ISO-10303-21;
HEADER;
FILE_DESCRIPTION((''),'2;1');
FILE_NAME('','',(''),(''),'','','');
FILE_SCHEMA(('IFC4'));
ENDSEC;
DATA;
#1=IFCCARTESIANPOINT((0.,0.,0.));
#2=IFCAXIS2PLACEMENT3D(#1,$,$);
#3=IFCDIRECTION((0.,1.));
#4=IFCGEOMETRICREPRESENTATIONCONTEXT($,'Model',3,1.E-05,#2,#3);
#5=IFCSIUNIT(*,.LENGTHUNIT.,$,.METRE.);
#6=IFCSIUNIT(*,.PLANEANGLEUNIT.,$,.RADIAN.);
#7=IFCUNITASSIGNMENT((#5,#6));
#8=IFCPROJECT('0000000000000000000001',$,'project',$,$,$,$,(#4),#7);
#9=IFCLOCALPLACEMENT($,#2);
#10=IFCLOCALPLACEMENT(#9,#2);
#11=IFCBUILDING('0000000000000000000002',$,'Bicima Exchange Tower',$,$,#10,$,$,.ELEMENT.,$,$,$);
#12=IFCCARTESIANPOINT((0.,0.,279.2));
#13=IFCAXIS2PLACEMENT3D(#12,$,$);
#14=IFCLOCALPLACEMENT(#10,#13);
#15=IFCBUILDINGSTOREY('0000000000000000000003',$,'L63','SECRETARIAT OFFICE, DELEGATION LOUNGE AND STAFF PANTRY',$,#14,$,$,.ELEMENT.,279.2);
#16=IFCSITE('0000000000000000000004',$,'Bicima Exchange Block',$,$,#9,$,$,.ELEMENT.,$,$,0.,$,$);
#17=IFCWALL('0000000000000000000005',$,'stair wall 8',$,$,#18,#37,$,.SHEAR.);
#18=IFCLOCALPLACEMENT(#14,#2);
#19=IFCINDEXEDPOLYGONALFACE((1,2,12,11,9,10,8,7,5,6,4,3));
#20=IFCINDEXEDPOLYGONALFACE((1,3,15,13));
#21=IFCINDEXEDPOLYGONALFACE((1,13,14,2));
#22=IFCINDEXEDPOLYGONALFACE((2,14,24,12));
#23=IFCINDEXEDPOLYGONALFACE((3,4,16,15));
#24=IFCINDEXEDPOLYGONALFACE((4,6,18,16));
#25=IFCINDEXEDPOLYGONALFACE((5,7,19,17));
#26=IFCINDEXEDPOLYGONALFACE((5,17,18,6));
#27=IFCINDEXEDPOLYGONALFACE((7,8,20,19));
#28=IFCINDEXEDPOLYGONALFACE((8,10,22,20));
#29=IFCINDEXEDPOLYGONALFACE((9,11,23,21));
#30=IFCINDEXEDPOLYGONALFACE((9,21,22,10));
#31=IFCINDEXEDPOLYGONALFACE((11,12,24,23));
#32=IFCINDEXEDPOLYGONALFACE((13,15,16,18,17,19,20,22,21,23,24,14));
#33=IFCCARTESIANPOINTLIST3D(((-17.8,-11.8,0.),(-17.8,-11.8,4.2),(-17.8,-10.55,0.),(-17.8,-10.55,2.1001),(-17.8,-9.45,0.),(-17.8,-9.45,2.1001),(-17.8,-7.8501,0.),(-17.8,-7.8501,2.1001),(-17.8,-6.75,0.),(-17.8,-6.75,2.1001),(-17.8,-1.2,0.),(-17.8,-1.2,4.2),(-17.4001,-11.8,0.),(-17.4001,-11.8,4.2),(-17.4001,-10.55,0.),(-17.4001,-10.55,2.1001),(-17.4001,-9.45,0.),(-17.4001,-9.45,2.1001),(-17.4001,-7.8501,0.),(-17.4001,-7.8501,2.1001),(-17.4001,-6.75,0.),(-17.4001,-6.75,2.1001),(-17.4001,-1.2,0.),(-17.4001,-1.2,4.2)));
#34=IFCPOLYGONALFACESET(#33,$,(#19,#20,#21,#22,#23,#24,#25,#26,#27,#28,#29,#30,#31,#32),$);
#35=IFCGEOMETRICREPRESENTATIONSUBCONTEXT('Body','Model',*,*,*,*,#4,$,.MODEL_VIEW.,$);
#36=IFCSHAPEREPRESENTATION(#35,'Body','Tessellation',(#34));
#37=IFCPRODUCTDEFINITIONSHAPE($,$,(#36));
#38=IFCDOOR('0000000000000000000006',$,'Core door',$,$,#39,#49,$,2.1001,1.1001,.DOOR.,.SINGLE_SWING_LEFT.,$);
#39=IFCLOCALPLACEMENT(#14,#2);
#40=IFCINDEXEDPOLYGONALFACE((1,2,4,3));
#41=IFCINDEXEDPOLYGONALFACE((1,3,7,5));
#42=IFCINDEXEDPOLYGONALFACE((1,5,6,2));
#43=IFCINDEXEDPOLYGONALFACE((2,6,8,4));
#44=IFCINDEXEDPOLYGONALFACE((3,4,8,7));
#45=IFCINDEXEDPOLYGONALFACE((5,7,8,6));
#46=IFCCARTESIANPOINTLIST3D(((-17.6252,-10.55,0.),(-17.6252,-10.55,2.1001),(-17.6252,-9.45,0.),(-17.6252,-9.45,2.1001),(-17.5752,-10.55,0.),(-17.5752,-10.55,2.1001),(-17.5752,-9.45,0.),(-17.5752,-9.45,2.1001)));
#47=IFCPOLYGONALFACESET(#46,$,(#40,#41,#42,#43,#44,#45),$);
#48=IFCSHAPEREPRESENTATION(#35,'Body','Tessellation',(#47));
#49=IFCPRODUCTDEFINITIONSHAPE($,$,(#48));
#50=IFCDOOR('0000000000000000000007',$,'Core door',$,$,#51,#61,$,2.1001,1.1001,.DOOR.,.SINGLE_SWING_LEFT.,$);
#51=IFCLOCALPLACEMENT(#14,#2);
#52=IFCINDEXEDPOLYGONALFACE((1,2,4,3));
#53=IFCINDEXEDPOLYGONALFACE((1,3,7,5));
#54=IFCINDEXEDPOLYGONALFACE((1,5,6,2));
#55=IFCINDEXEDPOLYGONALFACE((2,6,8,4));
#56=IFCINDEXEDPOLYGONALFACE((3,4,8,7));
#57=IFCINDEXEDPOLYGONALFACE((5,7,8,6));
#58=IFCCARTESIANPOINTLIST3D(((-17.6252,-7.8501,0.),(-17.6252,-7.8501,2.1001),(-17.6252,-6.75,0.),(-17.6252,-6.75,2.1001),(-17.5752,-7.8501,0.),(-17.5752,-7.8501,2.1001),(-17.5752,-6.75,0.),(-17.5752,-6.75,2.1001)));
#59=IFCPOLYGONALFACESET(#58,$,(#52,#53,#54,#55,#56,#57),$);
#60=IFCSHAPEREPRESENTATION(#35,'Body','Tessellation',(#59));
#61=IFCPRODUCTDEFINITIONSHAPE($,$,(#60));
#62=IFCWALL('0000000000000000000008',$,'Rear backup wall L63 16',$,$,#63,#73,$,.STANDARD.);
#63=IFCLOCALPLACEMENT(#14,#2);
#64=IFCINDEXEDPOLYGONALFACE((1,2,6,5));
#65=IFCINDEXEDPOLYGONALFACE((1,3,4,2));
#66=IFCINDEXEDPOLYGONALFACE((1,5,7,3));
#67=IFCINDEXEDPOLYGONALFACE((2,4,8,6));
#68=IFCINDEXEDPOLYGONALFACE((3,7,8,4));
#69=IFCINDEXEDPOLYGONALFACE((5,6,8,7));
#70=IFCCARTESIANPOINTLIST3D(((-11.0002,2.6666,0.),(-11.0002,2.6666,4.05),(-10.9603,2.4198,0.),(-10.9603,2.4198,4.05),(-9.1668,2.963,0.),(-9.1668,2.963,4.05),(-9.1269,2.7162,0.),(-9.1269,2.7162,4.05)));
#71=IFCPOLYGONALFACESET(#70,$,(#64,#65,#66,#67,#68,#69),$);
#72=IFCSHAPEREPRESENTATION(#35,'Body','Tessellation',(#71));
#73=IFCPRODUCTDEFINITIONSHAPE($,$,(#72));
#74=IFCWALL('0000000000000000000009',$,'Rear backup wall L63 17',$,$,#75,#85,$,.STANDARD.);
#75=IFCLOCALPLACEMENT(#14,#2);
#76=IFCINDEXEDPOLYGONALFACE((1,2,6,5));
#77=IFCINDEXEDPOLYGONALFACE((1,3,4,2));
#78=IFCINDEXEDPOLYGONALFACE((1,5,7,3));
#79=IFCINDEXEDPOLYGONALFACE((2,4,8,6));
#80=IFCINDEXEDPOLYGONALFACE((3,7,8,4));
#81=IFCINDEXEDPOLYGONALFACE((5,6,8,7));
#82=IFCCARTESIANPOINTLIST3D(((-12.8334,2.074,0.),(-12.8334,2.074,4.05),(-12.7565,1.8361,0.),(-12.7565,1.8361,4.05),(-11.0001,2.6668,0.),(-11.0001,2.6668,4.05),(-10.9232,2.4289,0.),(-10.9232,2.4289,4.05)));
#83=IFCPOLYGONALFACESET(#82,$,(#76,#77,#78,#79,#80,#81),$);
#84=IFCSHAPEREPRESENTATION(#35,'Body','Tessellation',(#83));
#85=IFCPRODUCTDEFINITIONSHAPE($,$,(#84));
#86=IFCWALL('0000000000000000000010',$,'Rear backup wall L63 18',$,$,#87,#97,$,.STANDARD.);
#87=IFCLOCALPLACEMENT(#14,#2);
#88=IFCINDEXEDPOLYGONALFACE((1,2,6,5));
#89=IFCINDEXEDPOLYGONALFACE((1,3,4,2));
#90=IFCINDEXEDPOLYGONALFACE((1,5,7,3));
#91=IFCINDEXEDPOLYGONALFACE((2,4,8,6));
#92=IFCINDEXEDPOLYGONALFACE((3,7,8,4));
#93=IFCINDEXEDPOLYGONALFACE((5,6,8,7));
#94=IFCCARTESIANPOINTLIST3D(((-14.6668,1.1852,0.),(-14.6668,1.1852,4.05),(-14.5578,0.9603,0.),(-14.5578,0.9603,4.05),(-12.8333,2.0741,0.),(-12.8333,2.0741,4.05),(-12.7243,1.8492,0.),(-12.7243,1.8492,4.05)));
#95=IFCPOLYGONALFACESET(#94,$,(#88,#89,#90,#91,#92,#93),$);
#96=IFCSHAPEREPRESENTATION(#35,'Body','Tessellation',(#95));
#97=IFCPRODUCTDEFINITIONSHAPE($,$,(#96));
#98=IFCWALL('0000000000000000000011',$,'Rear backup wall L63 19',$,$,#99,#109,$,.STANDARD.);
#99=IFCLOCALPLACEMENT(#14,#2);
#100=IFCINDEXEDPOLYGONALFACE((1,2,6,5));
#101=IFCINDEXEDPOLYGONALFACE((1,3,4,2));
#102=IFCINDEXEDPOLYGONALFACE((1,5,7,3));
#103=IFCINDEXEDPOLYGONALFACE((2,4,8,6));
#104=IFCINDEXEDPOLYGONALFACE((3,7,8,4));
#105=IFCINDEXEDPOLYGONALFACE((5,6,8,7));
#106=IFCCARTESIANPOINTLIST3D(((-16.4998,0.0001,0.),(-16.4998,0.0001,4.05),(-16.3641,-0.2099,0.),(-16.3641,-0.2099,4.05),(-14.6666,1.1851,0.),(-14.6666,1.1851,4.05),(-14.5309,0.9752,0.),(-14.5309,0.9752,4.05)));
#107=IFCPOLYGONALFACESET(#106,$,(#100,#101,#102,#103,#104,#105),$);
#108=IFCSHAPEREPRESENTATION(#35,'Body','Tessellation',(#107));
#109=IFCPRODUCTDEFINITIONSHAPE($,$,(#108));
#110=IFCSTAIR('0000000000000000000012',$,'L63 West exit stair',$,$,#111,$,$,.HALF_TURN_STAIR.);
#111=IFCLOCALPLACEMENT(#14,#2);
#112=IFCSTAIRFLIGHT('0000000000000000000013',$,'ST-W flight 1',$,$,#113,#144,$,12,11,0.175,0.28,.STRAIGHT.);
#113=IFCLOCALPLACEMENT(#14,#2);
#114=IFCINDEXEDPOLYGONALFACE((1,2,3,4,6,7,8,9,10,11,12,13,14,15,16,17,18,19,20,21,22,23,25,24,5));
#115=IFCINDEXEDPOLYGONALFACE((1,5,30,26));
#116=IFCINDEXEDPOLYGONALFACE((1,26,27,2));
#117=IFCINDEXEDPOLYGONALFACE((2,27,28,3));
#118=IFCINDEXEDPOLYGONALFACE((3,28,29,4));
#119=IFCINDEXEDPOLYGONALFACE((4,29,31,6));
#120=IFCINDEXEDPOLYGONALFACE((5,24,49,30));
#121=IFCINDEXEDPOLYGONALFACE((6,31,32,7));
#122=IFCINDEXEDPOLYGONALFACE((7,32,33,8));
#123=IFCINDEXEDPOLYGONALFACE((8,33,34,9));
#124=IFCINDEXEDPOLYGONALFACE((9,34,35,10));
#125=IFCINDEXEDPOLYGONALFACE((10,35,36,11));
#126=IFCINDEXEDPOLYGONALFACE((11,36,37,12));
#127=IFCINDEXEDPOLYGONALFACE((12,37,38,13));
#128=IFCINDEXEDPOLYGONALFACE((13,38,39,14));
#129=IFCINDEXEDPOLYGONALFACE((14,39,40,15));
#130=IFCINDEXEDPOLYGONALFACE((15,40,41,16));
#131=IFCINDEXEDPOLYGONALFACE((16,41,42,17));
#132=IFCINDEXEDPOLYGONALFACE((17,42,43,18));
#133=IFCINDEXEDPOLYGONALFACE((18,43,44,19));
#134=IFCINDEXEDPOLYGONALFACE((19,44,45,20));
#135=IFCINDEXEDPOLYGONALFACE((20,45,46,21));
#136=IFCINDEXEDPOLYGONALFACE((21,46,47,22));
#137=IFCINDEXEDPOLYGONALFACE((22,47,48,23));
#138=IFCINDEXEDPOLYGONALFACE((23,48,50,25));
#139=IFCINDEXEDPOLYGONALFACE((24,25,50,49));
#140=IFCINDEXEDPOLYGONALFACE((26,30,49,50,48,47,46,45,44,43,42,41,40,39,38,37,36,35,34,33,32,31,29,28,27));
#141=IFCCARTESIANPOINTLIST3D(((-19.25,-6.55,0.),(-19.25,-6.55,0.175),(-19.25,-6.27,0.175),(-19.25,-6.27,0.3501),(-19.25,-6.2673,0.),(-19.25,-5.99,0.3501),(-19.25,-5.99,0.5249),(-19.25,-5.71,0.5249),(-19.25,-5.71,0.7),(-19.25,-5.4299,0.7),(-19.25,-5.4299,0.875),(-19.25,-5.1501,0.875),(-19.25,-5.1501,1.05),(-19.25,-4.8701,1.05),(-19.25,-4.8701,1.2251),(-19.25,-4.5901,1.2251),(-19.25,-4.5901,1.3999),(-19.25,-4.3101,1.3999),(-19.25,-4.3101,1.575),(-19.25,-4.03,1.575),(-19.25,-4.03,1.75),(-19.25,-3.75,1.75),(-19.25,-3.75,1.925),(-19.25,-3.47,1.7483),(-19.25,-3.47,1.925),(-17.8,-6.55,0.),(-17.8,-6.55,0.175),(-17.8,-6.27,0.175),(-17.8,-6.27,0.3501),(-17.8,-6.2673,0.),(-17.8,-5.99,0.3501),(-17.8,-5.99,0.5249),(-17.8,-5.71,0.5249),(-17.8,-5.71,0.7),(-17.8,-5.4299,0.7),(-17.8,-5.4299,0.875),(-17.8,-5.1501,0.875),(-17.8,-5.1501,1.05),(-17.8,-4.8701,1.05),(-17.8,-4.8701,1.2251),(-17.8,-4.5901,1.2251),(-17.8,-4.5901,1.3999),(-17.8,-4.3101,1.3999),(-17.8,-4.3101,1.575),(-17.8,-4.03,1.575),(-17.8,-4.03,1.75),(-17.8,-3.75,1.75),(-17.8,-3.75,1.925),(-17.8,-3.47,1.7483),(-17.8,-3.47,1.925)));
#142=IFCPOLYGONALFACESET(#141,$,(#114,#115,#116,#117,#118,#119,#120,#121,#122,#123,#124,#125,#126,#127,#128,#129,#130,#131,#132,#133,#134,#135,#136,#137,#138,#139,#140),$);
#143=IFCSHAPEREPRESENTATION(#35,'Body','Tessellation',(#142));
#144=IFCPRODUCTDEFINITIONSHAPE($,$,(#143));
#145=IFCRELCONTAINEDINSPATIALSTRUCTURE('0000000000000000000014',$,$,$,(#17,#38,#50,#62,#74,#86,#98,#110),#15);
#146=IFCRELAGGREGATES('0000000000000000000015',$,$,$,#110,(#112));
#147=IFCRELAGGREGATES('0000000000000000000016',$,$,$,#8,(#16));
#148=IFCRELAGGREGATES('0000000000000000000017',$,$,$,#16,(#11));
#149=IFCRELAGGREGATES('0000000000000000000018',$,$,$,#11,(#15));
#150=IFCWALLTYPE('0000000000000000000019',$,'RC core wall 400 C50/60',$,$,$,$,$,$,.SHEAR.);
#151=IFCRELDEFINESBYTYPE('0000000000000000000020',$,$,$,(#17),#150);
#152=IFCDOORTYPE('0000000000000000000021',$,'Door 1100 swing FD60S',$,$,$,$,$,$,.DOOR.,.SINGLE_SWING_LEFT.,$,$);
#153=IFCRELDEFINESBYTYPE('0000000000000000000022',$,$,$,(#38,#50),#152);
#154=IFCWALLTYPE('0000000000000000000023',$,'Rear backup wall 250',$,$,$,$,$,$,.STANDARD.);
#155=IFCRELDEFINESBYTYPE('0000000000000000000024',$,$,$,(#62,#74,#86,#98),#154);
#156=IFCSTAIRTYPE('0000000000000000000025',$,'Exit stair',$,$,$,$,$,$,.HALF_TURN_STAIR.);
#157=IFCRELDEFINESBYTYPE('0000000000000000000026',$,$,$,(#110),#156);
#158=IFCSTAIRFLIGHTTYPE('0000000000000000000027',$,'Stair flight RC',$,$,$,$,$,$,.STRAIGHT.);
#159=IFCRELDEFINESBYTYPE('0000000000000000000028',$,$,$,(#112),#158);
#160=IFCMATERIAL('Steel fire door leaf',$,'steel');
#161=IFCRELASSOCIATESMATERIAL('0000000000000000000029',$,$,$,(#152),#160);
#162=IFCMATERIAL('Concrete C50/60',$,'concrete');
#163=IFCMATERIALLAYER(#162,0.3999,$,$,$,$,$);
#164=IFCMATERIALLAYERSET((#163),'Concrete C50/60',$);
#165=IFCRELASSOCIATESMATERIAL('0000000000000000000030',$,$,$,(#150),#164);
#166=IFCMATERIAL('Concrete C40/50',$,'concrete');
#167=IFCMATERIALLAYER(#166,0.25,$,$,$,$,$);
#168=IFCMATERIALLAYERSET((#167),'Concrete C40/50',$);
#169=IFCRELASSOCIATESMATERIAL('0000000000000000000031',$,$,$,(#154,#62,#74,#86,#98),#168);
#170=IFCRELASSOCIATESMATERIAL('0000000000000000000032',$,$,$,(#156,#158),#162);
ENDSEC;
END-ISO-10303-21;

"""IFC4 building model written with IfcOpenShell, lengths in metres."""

from ifc_helpers import new_model, si_unit, direction, frame, frame_2d, origin, place, context, subcontext, project, spatial, polyline, rectangle, outline, extrude, material, layer, layer_set, layer_usage, type_object, element, fill, aggregate, save


model = new_model("IFC4")

# Units and contexts
model_context = context("Model", 3, precision=1e-05, world=origin(), true_north=direction((0.0, 1.0)))
body_context = subcontext(model_context, "Body", "Model", "MODEL_VIEW")
ifc_project = project(units=[si_unit("LENGTHUNIT", "METRE"), si_unit("PLANEANGLEUNIT", "RADIAN")], contexts=[model_context])

# Site, building, storey
site_placement = place(None, origin())
site = spatial("IfcSite", under=ifc_project, at=site_placement, Name="Bicima Exchange Block", CompositionType="ELEMENT", RefElevation=0.0)
building_placement = place(site_placement, origin())
building = spatial("IfcBuilding", under=site, at=building_placement, Name="Bicima Exchange Tower", CompositionType="ELEMENT")
storey_placement = place(building_placement, frame((0.0, 0.0, 279.2)))
storey = spatial("IfcBuildingStorey", under=building, at=storey_placement, Name="L63", Description="SECRETARIAT OFFICE, DELEGATION LOUNGE AND STAFF PANTRY", CompositionType="ELEMENT", Elevation=279.2)

# Shared definitions
ifc_material_1 = material(Name="Concrete C40/50", Category="concrete")

# Shared definitions
ifc_material_2 = material(Name="Steel fire door leaf", Category="steel")

# Shared definitions
door_type_1 = type_object("IfcDoorType", Name="Door 1100 swing FD60S", OperationType="SINGLE_SWING_LEFT", PredefinedType="DOOR", material=ifc_material_2)

# Wall, openings, doors
ifc_material_3 = material(Name="Concrete C50/60", Category="concrete")
ifc_layer_1 = layer(ifc_material_3, 0.3999)
ifc_layer_set_1 = layer_set([ifc_layer_1], Name="Concrete C50/60")
wall_type_1 = type_object("IfcWallType", Name="RC core wall 400 C50/60", PredefinedType="SHEAR", material=ifc_layer_set_1)
wall_1_placement = place(storey_placement, frame((-17.6001, -11.8, 0.0), z_axis=(0.0, 0.0, 1.0), x_axis=(0.0, 1.0, 0.0)))
wall_1 = element("IfcWall", 1, at=wall_1_placement, inside=storey, type_object=wall_type_1, Name="stair wall 8", PredefinedType="SHEAR", context=body_context, shape_type="SweptSolid", body=[
    extrude(rectangle(XDim=10.6001, YDim=0.3999, at=frame_2d((5.3, 0.0))), origin(), (0.0, 0.0, 1.0), 4.2),
])
opening_1_placement = place(wall_1_placement, frame((1.25, 0.0, 0.0)))
opening_1 = element("IfcOpeningElement", 2, at=opening_1_placement, cuts=wall_1, PredefinedType="OPENING", context=body_context, shape_type="SweptSolid", body=[
    extrude(rectangle(XDim=1.1001, YDim=2.1001, at=frame_2d((0.55, 1.05))), frame((0.0, 0.2119, 0.0), z_axis=(0.0, -1.0, 0.0), x_axis=(1.0, 0.0, 0.0)), (0.0, 0.0, 1.0), 0.4238),
])
opening_2_placement = place(wall_1_placement, frame((3.95, 0.0, 0.0)))
opening_2 = element("IfcOpeningElement", 3, at=opening_2_placement, cuts=wall_1, PredefinedType="OPENING", context=body_context, shape_type="SweptSolid", body=[
    extrude(rectangle(XDim=1.1001, YDim=2.1001, at=frame_2d((0.55, 1.05))), frame((0.0, 0.2119, 0.0), z_axis=(0.0, -1.0, 0.0), x_axis=(1.0, 0.0, 0.0)), (0.0, 0.0, 1.0), 0.4238),
])
door_1_placement = place(opening_1_placement, frame((1.1001, 0.0, 0.0), z_axis=(0.0, 0.0, 1.0), x_axis=(-1.0, 0.0, 0.0)))
door_1 = element("IfcDoor", 4, at=door_1_placement, inside=storey, type_object=door_type_1, Name="Core door", OperationType="SINGLE_SWING_LEFT", OverallHeight=2.1001, OverallWidth=1.1001, PredefinedType="DOOR", context=body_context, shape_type="SweptSolid", body=[
    extrude(rectangle(XDim=1.1001, YDim=2.1001, at=frame_2d((0.55, 1.05))), frame((0.0, 0.0249, 0.0), z_axis=(0.0, -1.0, 0.0), x_axis=(1.0, 0.0, 0.0)), (0.0, 0.0, 1.0), 0.05),
])
fill(opening_1, door_1)
door_2_placement = place(opening_2_placement, frame((1.1001, 0.0, 0.0), z_axis=(0.0, 0.0, 1.0), x_axis=(-1.0, 0.0, 0.0)))
door_2 = element("IfcDoor", 5, at=door_2_placement, inside=storey, type_object=door_type_1, Name="Core door", OperationType="SINGLE_SWING_LEFT", OverallHeight=2.1001, OverallWidth=1.1001, PredefinedType="DOOR", context=body_context, shape_type="SweptSolid", body=[
    extrude(rectangle(XDim=1.1001, YDim=2.1001, at=frame_2d((0.55, 1.05))), frame((0.0, 0.0249, 0.0), z_axis=(0.0, -1.0, 0.0), x_axis=(1.0, 0.0, 0.0)), (0.0, 0.0, 1.0), 0.05),
])
fill(opening_2, door_2)

# Walls
ifc_layer_2 = layer(ifc_material_1, 0.25)
ifc_layer_set_2 = layer_set([ifc_layer_2], Name="Concrete C40/50")
ifc_layer_usage = layer_usage(ifc_layer_set_2, "AXIS2", "POSITIVE", -0.125)
wall_type_2 = type_object("IfcWallType", Name="Rear backup wall 250", PredefinedType="STANDARD", material=ifc_layer_set_2)
wall_2_placement = place(storey_placement, frame((-9.1467, 2.8396, 0.0), z_axis=(0.0, 0.0, 1.0), x_axis=(-0.987182, -0.1596, 0.0)))
element("IfcWall", 6, at=wall_2_placement, inside=storey, type_object=wall_type_2, material=ifc_layer_usage, Name="Rear backup wall L63 16", PredefinedType="STANDARD", context=body_context, shape_type="SweptSolid", body=[
    extrude(rectangle(XDim=1.8572, YDim=0.25, at=frame_2d((0.9287, 0.0))), origin(), (0.0, 0.0, 1.0), 4.05),
])
wall_3_placement = place(storey_placement, frame((-10.9617, 2.5479, 0.0), z_axis=(0.0, 0.0, 1.0), x_axis=(-0.951496, -0.307662, 0.0)))
element("IfcWall", 7, at=wall_3_placement, inside=storey, type_object=wall_type_2, material=ifc_layer_usage, Name="Rear backup wall L63 17", PredefinedType="STANDARD", context=body_context, shape_type="SweptSolid", body=[
    extrude(rectangle(XDim=1.9268, YDim=0.25, at=frame_2d((0.9634, 0.0))), origin(), (0.0, 0.0, 1.0), 4.05),
])
wall_4_placement = place(storey_placement, frame((-12.7788, 1.9617, 0.0), z_axis=(0.0, 0.0, 1.0), x_axis=(-0.899824, -0.436253, 0.0)))
element("IfcWall", 8, at=wall_4_placement, inside=storey, type_object=wall_type_2, material=ifc_layer_usage, Name="Rear backup wall L63 18", PredefinedType="STANDARD", context=body_context, shape_type="SweptSolid", body=[
    extrude(rectangle(XDim=2.0376, YDim=0.25, at=frame_2d((1.0188, 0.0))), origin(), (0.0, 0.0, 1.0), 4.05),
])
wall_5_placement = place(storey_placement, frame((-14.5989, 1.0801, 0.0), z_axis=(0.0, 0.0, 1.0), x_axis=(-0.839813, -0.542876, 0.0)))
element("IfcWall", 9, at=wall_5_placement, inside=storey, type_object=wall_type_2, material=ifc_layer_usage, Name="Rear backup wall L63 19", PredefinedType="STANDARD", context=body_context, shape_type="SweptSolid", body=[
    extrude(rectangle(XDim=2.1829, YDim=0.25, at=frame_2d((1.0913, 0.0))), origin(), (0.0, 0.0, 1.0), 4.05),
])

# Stair, stair flight
stair_type = type_object("IfcStairType", Name="Exit stair", PredefinedType="HALF_TURN_STAIR", material=ifc_material_3)
stair_placement = place(storey_placement, origin())
stair = element("IfcStair", 10, at=stair_placement, inside=storey, type_object=stair_type, Name="L63 West exit stair", PredefinedType="HALF_TURN_STAIR")
stair_flight_type = type_object("IfcStairFlightType", Name="Stair flight RC", PredefinedType="STRAIGHT", material=ifc_material_3)
stair_flight_1_placement = place(storey_placement, frame((-18.5249, -6.55, 0.0), z_axis=(0.0, 0.0, 1.0), x_axis=(0.0, 1.0, 0.0)))
stair_flight_1 = element("IfcStairFlight", 11, at=stair_flight_1_placement, type_object=stair_flight_type, Name="ST-W flight 1", NumberOfRisers=12, NumberOfTreads=11, PredefinedType="STRAIGHT", RiserHeight=0.175, TreadLength=0.28, context=body_context, shape_type="SweptSolid", body=[
    extrude(outline(polyline([(0.0, 0.0), (0.0, 0.175), (0.28, 0.175), (0.28, 0.3501), (0.5601, 0.3501), (0.5601, 0.5249), (0.8401, 0.5249), (0.8401, 0.7), (1.1201, 0.7), (1.1201, 0.875), (1.3999, 0.875), (1.3999, 1.05), (1.6799, 1.05), (1.6799, 1.2251), (1.96, 1.2251), (1.96, 1.3999), (2.24, 1.3999), (2.24, 1.575), (2.52, 1.575), (2.52, 1.75), (2.8, 1.75), (2.8, 1.925), (3.0801, 1.925), (3.0801, 2.1001), (3.0801, 1.7483), (0.2827, 0.0), (0.0, 0.0)])), frame((0.0, 0.7251, 0.0), z_axis=(0.0, -1.0, 0.0), x_axis=(1.0, 0.0, 0.0)), (0.0, 0.0, 1.0), 1.45),
])
aggregate(stair, [stair_flight_1])

save(model, "model.ifc")
